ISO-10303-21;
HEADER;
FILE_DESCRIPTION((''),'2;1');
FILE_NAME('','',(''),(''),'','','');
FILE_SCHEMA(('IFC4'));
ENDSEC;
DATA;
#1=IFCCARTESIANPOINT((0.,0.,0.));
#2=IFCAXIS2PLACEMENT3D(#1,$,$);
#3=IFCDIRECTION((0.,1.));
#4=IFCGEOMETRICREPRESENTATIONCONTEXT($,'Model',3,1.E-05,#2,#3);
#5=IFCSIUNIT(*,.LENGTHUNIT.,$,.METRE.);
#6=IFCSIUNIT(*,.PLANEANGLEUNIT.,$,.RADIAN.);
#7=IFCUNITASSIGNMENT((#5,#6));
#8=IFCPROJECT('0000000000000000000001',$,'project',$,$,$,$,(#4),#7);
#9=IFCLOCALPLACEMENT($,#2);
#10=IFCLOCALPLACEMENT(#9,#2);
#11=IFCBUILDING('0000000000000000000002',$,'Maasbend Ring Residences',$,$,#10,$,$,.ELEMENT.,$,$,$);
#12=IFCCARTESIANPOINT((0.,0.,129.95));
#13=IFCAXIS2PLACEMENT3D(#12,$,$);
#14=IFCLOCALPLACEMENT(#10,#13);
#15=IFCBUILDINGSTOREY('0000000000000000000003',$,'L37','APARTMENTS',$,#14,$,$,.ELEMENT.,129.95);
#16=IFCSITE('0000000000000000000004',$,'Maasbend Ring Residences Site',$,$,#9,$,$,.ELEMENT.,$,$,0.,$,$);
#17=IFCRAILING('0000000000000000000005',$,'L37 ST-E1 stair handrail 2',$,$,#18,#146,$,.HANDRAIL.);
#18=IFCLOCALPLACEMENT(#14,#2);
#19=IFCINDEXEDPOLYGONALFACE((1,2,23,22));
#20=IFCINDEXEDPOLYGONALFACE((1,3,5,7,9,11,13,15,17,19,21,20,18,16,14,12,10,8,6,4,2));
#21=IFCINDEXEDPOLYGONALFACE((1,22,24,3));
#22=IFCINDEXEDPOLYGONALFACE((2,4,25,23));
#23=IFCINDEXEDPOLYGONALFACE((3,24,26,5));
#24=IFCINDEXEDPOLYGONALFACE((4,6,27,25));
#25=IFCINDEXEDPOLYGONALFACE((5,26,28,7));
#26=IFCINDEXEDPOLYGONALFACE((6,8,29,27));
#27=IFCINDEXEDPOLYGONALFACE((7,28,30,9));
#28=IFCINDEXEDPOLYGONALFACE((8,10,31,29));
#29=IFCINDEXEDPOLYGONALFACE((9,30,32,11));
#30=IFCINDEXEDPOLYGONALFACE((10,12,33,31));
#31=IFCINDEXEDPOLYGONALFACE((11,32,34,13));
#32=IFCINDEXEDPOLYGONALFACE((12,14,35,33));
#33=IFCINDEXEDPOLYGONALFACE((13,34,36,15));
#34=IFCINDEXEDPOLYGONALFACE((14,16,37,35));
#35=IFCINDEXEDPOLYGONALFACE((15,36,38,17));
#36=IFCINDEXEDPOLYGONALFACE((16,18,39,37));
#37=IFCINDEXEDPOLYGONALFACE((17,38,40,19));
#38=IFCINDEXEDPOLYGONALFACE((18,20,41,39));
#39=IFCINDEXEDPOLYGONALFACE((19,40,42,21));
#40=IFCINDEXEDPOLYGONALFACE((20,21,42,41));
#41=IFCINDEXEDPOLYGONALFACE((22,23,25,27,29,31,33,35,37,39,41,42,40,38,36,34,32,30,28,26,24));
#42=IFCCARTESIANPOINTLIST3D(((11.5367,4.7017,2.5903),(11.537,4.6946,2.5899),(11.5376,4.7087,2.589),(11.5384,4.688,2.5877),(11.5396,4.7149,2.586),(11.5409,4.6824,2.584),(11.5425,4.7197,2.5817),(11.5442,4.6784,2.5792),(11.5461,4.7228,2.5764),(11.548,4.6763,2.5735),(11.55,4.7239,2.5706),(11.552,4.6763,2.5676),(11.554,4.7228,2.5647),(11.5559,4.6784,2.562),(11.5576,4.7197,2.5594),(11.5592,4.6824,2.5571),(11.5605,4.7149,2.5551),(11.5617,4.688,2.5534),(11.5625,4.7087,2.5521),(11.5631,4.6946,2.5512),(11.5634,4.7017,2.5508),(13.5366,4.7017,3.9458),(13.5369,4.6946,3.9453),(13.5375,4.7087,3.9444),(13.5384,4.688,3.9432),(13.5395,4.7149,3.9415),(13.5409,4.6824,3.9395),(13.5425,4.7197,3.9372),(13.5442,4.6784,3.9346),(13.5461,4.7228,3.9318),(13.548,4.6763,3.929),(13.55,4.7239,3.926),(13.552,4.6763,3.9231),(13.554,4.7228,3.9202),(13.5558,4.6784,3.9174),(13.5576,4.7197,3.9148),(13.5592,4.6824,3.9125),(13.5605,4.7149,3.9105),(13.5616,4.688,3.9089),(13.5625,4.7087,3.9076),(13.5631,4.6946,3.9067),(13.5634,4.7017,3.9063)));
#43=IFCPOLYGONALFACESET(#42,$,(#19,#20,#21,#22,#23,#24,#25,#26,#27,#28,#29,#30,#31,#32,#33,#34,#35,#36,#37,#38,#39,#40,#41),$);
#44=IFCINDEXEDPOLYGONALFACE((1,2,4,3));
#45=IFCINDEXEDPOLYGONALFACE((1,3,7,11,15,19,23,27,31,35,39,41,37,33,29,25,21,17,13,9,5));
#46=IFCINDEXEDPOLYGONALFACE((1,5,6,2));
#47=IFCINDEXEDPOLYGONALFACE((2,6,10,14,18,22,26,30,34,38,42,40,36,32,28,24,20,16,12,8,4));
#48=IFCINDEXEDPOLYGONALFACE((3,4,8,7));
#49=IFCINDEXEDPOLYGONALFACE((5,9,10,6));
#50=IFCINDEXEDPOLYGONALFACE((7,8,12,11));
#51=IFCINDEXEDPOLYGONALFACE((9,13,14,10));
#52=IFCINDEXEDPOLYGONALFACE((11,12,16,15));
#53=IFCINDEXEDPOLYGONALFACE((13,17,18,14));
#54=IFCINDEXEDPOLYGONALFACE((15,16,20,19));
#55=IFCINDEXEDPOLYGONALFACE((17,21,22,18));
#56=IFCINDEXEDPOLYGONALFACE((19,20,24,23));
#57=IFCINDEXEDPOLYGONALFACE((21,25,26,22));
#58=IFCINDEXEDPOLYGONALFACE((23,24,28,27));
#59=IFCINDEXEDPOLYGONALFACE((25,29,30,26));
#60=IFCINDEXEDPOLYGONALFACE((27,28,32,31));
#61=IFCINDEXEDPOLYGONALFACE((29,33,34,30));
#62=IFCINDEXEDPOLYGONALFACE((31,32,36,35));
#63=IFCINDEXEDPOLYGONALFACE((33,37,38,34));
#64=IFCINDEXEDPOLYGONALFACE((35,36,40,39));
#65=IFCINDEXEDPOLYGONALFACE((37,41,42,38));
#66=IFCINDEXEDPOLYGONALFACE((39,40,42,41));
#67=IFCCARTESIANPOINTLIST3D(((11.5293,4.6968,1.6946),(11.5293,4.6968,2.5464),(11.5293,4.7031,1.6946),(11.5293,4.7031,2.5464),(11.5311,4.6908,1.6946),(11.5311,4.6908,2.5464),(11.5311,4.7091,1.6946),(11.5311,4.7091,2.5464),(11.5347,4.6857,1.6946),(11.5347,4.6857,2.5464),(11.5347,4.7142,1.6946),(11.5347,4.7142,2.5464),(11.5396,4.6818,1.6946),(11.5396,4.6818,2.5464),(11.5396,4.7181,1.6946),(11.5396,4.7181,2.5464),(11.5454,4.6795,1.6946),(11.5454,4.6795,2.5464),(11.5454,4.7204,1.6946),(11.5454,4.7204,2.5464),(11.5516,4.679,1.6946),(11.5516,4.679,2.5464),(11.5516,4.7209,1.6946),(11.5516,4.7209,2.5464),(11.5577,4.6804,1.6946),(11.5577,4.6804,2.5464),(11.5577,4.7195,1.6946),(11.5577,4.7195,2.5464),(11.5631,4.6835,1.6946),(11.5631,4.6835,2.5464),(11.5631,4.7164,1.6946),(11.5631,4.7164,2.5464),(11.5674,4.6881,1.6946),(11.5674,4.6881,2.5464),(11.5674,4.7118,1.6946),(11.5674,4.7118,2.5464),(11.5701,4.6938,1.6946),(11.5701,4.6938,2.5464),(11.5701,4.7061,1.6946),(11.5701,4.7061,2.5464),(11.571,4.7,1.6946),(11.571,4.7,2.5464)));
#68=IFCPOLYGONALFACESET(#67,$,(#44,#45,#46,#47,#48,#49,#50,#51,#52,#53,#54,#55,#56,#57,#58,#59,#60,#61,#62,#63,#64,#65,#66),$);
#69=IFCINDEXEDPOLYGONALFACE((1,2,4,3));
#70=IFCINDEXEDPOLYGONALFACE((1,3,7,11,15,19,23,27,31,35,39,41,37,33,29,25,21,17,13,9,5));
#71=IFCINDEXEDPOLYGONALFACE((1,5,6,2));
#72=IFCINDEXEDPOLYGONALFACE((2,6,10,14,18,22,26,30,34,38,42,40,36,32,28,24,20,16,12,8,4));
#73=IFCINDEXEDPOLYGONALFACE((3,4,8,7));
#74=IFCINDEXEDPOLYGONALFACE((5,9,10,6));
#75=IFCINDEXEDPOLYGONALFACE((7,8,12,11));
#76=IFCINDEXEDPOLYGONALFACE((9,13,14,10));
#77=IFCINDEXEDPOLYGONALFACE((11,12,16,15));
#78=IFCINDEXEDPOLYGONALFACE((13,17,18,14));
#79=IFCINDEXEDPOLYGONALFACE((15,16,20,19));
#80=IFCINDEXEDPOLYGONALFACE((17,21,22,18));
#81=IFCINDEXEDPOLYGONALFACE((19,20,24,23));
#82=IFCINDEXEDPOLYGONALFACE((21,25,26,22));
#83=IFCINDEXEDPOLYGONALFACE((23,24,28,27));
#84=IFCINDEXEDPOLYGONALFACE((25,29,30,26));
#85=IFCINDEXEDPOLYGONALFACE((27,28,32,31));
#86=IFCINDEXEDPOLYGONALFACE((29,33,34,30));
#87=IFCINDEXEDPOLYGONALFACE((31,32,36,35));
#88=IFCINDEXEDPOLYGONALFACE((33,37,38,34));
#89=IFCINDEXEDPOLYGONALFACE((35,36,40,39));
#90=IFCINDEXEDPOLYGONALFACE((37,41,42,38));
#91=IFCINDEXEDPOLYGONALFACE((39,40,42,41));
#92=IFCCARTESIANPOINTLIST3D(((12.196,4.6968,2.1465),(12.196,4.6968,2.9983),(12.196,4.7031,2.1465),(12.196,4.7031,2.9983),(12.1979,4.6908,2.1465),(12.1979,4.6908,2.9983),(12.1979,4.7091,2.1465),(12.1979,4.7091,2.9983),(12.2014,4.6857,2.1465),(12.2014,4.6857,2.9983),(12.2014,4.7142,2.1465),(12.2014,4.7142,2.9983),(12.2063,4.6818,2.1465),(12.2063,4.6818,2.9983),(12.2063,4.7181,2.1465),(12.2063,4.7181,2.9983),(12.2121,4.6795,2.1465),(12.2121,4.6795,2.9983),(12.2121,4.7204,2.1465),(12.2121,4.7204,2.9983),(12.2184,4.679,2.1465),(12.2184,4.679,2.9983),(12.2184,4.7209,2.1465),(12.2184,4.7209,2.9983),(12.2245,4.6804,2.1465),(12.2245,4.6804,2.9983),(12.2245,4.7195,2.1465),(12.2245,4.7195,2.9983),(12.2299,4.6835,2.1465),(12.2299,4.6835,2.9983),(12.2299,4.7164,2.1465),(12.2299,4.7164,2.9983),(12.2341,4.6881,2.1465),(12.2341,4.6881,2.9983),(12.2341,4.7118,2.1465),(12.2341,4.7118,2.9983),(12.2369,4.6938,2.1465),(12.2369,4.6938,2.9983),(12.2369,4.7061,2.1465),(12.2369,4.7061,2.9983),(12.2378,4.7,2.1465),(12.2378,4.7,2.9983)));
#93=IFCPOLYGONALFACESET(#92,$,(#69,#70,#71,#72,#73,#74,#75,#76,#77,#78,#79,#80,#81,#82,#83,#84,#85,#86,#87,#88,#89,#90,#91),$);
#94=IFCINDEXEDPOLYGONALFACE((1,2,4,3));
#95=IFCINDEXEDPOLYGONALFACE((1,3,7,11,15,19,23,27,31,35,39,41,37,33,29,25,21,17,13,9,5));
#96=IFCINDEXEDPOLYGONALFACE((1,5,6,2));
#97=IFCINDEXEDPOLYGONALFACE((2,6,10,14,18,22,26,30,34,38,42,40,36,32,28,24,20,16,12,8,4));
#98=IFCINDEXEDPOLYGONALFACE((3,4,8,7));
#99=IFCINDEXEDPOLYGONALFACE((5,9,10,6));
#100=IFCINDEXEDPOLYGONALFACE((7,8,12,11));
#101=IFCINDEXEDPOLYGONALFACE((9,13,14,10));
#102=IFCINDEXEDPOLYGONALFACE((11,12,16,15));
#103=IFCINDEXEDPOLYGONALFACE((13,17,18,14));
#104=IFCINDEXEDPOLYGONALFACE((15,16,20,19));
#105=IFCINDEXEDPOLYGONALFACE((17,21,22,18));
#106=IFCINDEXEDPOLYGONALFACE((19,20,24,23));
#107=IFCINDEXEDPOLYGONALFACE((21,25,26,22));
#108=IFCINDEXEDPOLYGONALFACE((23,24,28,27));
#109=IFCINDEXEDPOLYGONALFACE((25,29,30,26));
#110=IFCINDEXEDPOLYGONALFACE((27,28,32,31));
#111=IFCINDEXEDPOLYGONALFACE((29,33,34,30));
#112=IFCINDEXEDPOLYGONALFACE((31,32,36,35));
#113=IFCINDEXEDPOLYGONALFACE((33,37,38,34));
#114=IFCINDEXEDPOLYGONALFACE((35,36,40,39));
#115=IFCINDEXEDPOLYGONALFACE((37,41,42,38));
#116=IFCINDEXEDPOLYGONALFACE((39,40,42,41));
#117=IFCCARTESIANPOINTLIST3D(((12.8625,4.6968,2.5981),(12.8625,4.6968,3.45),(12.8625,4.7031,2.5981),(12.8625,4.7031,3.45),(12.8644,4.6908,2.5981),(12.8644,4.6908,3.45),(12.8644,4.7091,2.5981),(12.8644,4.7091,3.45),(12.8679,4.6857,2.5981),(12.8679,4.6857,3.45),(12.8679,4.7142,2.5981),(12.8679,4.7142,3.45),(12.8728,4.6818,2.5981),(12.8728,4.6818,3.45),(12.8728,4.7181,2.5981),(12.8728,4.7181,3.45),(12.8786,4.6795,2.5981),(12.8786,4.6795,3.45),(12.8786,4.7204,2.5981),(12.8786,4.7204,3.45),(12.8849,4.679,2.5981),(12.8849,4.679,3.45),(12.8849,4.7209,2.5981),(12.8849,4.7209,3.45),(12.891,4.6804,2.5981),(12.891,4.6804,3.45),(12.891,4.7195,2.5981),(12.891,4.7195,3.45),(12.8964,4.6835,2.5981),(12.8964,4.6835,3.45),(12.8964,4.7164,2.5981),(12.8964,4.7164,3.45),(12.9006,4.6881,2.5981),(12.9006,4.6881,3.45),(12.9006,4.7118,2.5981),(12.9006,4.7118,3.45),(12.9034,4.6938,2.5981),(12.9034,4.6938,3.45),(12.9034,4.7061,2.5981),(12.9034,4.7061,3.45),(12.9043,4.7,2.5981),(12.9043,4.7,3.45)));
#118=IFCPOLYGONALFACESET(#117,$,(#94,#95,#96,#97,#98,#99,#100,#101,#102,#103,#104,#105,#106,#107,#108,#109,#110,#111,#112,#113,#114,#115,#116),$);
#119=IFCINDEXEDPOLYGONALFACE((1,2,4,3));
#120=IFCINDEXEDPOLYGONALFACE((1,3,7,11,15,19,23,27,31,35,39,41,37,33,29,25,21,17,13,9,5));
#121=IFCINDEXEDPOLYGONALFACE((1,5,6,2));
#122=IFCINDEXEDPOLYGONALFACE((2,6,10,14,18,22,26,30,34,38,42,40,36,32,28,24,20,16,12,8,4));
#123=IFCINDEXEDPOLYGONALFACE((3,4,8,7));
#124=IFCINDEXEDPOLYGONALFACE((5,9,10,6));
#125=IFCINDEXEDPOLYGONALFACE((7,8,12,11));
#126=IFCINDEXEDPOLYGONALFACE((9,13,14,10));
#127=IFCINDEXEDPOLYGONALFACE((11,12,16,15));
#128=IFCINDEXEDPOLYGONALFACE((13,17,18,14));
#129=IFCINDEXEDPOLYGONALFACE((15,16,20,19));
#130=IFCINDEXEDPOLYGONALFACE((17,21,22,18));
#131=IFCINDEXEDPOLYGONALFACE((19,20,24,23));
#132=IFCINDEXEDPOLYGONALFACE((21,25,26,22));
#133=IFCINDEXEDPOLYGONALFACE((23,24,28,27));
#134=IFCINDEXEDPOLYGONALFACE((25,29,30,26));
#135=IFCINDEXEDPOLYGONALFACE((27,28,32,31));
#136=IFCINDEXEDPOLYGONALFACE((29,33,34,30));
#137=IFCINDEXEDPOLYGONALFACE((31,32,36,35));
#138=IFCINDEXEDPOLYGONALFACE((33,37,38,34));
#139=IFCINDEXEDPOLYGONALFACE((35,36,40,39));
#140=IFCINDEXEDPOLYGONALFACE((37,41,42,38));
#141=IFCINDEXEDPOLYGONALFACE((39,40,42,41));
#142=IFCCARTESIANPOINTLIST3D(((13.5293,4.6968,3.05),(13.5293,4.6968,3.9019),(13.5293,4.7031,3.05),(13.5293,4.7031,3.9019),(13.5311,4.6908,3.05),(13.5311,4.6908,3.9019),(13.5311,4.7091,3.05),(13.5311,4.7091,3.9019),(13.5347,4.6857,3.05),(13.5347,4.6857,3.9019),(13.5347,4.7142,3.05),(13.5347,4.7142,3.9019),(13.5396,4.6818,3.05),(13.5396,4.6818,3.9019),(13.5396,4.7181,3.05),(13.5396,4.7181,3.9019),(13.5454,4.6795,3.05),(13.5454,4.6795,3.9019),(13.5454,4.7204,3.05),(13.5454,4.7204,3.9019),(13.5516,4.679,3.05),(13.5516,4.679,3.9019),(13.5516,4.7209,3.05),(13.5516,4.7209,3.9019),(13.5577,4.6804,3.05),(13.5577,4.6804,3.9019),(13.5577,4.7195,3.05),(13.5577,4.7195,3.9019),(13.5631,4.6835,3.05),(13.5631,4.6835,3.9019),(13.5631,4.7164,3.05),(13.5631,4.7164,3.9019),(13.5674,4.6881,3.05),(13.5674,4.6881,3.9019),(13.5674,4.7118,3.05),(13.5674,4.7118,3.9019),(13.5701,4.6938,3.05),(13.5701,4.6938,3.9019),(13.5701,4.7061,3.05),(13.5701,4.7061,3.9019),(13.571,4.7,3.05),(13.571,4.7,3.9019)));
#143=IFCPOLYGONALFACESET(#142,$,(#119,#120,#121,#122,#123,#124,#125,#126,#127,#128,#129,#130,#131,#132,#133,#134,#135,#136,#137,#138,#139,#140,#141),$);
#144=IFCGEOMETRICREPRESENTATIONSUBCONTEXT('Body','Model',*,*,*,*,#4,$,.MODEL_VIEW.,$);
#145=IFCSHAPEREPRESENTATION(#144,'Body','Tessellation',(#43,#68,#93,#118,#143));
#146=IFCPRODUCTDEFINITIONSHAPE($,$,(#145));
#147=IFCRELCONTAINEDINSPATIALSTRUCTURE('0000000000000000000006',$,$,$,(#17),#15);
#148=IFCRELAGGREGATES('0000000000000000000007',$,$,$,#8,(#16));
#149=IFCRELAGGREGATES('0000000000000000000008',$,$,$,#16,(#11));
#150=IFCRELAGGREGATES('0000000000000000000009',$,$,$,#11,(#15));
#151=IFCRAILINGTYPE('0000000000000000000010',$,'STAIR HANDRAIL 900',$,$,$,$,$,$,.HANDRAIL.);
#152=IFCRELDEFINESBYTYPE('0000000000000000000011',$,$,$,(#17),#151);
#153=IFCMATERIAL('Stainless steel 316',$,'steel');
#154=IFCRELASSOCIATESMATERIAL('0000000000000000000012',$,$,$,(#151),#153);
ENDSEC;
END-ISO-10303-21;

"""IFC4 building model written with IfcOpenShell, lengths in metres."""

from ifc_helpers import new_model, si_unit, direction, frame, origin, origin_2d, place, context, subcontext, project, spatial, circle, extrude, material, type_object, element, save


model = new_model("IFC4")

# Units and contexts
model_context = context("Model", 3, precision=1e-05, world=origin(), true_north=direction((0.0, 1.0)))
body_context = subcontext(model_context, "Body", "Model", "MODEL_VIEW")
ifc_project = project(units=[si_unit("LENGTHUNIT", "METRE"), si_unit("PLANEANGLEUNIT", "RADIAN")], contexts=[model_context])

# Site, building, storey
site_placement = place(None, origin())
site = spatial("IfcSite", under=ifc_project, at=site_placement, Name="Maasbend Ring Residences Site", CompositionType="ELEMENT", RefElevation=0.0)
building_placement = place(site_placement, origin())
building = spatial("IfcBuilding", under=site, at=building_placement, Name="Maasbend Ring Residences", CompositionType="ELEMENT")
storey_placement = place(building_placement, frame((0.0, 0.0, 129.95)))
storey = spatial("IfcBuildingStorey", under=building, at=storey_placement, Name="L37", Description="APARTMENTS", CompositionType="ELEMENT", Elevation=129.95)

# Railing
ifc_material_1 = material(Name="Stainless steel 316", Category="steel")
railing_type_1 = type_object("IfcRailingType", Name="STAIR HANDRAIL 900", PredefinedType="HANDRAIL", material=ifc_material_1)
railing_1_placement = place(storey_placement, frame((11.55, 4.7, 1.6946)))
element("IfcRailing", 1, at=railing_1_placement, inside=storey, type_object=railing_type_1, Name="L37 ST-E1 stair handrail 2", PredefinedType="HANDRAIL", context=body_context, shape_type="SweptSolid", body=[
    extrude(circle(Radius=0.0239, at=origin_2d()), frame((0.0, 0.0, 0.876), z_axis=(0.827798, 0.0, 0.561027), x_axis=(0.0, 1.0, 0.0)), (0.0, 0.0, 1.0), 2.416),
    extrude(circle(Radius=0.021, at=origin_2d()), origin(), (0.0, 0.0, 1.0), 0.8518),
    extrude(circle(Radius=0.021, at=origin_2d()), frame((0.6667, 0.0, 0.4519)), (0.0, 0.0, 1.0), 0.8518),
    extrude(circle(Radius=0.021, at=origin_2d()), frame((1.3333, 0.0, 0.9036)), (0.0, 0.0, 1.0), 0.8518),
    extrude(circle(Radius=0.021, at=origin_2d()), frame((2.0, 0.0, 1.3555)), (0.0, 0.0, 1.0), 0.8518),
])

save(model, "model.ifc")
